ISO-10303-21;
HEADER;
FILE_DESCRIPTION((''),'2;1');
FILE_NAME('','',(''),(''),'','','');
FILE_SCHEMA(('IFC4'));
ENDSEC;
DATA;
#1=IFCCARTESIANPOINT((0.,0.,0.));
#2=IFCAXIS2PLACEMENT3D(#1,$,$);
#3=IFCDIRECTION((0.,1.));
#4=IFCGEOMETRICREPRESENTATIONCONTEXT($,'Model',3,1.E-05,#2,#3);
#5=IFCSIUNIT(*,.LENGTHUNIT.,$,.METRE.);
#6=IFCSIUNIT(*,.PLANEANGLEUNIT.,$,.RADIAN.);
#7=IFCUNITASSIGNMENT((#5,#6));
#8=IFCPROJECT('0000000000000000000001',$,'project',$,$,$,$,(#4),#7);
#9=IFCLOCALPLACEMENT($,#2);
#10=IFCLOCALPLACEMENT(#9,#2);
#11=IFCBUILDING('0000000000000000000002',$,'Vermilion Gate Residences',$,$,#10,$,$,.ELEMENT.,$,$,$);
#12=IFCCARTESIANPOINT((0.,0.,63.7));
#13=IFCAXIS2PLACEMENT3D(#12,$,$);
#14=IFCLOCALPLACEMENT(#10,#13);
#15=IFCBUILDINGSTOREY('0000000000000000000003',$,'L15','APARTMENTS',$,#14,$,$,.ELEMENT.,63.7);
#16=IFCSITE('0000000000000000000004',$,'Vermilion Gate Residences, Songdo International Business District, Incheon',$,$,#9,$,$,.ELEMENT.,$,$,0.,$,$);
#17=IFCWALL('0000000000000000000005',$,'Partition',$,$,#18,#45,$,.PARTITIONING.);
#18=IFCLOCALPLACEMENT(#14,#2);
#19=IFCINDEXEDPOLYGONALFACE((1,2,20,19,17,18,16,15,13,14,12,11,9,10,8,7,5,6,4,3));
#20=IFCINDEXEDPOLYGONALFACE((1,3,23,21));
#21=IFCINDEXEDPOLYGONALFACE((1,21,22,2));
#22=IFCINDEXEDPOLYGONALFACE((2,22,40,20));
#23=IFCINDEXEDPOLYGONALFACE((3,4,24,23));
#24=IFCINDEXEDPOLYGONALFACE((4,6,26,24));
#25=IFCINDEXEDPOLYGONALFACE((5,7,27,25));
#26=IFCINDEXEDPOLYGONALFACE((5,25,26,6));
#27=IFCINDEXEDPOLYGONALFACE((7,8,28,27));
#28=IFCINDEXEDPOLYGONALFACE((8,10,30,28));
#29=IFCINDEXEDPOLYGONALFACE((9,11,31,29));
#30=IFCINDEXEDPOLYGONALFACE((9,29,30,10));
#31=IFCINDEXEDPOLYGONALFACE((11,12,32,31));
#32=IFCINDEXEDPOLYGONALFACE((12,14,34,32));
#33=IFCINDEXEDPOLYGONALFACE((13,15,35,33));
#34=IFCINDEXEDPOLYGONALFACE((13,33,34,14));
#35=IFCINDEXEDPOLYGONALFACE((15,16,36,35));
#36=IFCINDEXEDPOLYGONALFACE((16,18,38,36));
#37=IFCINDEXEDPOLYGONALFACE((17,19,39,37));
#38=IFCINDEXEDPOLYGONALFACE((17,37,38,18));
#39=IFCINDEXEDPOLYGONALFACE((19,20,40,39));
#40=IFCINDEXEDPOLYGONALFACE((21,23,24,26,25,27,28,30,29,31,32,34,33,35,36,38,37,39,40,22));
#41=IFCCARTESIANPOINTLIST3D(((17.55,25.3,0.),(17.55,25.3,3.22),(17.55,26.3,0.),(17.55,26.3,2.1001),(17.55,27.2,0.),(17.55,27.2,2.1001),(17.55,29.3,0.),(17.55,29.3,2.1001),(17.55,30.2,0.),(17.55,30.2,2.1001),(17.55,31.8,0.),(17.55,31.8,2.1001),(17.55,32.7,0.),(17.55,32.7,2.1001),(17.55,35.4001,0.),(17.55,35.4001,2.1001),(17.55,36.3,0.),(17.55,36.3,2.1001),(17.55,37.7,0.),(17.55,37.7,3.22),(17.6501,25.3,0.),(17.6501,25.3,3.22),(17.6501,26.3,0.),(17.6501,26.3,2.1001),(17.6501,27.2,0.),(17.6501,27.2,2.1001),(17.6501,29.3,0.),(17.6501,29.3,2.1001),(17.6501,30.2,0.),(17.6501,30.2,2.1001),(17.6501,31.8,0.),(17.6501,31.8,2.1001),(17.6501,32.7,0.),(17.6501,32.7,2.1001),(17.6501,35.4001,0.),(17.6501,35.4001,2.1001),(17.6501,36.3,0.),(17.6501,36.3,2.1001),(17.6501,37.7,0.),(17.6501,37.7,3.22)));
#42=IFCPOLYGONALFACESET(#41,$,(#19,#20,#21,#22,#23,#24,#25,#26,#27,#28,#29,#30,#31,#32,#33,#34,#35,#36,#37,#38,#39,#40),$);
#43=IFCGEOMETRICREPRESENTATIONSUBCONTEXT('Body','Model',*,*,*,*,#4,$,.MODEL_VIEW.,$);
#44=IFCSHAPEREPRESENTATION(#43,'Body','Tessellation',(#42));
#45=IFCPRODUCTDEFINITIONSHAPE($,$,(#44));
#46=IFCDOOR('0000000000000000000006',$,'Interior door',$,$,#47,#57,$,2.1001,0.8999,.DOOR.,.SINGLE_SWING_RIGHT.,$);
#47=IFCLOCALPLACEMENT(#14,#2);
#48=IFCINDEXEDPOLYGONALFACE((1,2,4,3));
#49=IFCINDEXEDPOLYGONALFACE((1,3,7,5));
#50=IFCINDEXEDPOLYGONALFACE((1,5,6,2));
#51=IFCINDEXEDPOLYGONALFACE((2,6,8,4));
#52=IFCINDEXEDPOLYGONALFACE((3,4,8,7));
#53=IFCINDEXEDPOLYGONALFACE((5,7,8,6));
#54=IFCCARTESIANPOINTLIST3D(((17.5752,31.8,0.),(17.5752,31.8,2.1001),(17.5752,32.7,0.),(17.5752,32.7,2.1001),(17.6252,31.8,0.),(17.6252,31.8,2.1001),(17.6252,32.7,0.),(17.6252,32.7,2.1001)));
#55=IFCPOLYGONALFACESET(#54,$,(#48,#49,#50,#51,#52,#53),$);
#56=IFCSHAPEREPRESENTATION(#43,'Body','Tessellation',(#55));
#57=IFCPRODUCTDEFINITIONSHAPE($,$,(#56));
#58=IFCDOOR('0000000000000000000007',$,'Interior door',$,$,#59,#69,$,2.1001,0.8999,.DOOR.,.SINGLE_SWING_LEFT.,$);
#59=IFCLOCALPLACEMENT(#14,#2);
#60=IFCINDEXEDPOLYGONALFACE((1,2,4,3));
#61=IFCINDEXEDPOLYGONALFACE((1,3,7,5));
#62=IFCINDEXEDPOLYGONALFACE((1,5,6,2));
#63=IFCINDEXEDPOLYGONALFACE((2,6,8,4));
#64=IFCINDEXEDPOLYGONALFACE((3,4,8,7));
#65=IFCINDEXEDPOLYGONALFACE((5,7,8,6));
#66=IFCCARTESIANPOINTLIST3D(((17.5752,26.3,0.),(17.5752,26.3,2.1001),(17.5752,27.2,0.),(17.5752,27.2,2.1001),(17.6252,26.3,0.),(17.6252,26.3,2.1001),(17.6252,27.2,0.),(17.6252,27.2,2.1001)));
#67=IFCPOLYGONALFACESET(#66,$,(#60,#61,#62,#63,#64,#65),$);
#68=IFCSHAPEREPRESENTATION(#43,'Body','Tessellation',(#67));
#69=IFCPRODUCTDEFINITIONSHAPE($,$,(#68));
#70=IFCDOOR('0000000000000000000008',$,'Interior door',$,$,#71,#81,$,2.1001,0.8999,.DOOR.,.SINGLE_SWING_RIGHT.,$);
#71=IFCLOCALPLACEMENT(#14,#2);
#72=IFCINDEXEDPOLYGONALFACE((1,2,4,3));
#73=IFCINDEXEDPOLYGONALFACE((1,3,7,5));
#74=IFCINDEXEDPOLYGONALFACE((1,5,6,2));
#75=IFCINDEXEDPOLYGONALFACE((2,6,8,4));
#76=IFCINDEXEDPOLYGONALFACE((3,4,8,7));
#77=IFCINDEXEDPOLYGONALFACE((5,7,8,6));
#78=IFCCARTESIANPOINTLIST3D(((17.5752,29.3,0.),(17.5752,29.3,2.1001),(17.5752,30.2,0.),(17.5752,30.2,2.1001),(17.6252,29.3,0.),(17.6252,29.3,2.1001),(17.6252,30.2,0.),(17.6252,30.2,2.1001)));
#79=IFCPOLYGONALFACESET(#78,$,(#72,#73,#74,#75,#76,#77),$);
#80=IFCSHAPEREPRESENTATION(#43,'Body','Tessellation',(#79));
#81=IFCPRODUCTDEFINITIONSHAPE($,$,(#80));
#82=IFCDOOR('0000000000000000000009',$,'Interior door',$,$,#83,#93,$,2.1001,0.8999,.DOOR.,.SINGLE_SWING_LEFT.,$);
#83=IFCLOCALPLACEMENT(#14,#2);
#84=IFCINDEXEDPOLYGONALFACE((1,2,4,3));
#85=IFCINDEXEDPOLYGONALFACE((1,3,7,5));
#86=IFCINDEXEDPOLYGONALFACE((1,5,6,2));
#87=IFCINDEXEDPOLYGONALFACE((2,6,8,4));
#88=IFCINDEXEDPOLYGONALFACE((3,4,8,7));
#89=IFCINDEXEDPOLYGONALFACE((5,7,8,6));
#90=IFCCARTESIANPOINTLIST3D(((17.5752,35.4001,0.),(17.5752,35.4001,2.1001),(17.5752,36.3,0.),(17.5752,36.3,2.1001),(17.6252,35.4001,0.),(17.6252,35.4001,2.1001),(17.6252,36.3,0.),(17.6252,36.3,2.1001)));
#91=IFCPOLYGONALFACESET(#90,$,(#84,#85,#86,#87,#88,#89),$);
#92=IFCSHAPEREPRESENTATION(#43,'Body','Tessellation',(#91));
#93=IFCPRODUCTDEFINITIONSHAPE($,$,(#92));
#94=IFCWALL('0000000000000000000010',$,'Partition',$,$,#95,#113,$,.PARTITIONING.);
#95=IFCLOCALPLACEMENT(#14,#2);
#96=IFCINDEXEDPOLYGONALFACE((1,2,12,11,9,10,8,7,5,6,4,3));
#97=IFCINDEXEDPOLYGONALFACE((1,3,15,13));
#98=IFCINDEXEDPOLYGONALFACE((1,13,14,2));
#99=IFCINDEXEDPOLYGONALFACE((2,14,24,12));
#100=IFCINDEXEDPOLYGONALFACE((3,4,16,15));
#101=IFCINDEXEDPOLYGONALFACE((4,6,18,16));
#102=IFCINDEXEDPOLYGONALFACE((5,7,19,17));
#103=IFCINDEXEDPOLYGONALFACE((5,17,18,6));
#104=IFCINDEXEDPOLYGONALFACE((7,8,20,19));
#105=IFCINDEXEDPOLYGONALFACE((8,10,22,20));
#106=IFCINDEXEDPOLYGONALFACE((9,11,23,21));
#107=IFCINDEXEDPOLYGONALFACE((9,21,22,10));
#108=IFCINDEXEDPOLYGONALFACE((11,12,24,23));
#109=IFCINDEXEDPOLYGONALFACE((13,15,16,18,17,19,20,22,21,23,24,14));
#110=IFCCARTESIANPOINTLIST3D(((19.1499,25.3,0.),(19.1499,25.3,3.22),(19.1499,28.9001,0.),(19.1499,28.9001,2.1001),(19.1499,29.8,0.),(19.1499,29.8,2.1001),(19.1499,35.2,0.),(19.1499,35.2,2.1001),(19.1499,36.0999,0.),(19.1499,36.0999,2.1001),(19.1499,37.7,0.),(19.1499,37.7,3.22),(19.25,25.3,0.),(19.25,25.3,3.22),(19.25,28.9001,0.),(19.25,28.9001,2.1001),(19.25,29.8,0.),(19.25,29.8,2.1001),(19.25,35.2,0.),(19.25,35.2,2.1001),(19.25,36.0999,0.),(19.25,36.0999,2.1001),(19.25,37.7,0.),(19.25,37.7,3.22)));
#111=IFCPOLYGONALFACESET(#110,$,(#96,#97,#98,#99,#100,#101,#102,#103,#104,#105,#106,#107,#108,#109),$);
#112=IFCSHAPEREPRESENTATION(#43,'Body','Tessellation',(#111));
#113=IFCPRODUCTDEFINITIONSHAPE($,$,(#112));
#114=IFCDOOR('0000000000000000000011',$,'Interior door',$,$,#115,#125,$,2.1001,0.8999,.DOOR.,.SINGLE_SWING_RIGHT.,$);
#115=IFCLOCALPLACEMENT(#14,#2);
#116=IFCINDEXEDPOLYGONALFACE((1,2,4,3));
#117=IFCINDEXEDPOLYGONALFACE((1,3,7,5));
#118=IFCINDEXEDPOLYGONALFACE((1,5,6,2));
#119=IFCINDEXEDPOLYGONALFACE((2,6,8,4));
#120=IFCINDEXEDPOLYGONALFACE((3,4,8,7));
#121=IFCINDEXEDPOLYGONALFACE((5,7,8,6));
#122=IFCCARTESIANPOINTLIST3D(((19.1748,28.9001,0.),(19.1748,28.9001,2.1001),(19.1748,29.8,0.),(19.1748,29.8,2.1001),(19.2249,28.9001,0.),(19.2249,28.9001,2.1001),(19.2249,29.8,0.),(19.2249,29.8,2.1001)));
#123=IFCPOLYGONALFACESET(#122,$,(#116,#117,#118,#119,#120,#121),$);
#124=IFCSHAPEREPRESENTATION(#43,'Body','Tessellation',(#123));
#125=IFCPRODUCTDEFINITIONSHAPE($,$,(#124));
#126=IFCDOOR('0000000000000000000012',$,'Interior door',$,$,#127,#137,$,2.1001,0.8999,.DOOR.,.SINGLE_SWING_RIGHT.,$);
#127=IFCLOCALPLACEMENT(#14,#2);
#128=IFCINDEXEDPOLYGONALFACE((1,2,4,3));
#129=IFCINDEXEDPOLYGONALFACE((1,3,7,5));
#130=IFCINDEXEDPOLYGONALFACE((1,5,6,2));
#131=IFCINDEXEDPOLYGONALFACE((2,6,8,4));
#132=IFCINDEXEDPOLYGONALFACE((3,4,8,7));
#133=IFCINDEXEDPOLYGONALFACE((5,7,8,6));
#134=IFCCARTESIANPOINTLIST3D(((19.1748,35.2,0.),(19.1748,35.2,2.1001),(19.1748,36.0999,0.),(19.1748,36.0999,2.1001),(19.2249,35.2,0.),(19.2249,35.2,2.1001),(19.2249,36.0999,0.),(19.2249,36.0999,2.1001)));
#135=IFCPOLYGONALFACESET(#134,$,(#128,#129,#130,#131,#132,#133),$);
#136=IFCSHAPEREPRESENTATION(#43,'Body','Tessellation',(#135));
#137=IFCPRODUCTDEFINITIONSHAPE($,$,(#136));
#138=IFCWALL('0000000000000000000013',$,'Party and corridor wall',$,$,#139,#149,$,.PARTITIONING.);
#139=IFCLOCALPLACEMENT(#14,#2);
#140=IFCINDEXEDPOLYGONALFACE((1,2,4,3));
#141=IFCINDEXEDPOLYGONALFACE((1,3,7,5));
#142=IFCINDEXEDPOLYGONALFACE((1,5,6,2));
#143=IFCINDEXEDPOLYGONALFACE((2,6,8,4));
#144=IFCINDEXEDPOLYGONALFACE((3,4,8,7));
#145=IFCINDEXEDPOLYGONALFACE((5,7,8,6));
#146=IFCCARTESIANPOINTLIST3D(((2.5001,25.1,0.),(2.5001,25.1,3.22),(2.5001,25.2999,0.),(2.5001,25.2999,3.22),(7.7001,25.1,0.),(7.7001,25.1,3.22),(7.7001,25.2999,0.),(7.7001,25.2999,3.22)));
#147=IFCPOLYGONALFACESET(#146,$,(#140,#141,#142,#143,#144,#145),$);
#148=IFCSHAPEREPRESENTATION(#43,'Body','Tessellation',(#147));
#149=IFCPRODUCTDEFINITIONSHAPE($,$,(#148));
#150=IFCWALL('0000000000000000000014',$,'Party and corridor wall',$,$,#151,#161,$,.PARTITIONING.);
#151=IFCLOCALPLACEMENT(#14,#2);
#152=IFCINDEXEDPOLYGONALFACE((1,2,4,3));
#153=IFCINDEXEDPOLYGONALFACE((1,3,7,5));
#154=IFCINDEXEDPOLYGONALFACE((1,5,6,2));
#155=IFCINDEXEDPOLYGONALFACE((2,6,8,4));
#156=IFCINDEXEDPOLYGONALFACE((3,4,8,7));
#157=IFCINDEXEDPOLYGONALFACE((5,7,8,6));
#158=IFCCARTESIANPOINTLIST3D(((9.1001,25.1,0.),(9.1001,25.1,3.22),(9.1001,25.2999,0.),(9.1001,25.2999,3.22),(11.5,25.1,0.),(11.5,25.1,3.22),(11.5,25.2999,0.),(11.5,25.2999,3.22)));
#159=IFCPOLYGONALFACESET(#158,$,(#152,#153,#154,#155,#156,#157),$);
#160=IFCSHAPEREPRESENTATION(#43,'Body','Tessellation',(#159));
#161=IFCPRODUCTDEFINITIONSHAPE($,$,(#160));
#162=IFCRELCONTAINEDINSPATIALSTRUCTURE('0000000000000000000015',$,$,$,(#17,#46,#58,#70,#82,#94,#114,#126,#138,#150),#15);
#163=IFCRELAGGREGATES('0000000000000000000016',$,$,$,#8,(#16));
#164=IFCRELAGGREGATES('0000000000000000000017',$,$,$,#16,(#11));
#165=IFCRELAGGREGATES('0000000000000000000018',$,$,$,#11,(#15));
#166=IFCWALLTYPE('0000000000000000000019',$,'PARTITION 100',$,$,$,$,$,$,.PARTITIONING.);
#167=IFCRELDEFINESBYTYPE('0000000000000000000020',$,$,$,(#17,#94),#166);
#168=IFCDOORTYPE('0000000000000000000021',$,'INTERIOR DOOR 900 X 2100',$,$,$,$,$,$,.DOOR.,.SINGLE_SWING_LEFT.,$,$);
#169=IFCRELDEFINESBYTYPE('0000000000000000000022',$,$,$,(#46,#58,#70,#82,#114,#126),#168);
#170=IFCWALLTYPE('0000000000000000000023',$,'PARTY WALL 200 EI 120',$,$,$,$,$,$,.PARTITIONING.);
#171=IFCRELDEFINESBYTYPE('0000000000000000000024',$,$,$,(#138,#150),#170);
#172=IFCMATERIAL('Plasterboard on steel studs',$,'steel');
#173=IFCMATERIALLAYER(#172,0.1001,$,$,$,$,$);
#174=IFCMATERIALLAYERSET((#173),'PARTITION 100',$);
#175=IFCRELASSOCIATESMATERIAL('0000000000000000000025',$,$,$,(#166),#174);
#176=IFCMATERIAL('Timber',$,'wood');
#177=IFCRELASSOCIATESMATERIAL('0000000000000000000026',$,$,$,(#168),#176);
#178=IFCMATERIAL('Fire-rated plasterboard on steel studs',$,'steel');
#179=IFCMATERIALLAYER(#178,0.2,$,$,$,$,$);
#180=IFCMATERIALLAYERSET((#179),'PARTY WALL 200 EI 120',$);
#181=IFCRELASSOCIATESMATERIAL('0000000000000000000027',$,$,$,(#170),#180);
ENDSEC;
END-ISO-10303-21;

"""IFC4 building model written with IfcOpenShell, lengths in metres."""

from ifc_helpers import new_model, si_unit, direction, frame, frame_2d, origin, place, context, subcontext, project, spatial, rectangle, extrude, material, layer, layer_set, type_object, element, fill, save


model = new_model("IFC4")

# Units and contexts
model_context = context("Model", 3, precision=1e-05, world=origin(), true_north=direction((0.0, 1.0)))
body_context = subcontext(model_context, "Body", "Model", "MODEL_VIEW")
ifc_project = project(units=[si_unit("LENGTHUNIT", "METRE"), si_unit("PLANEANGLEUNIT", "RADIAN")], contexts=[model_context])

# Site, building, storey
site_placement = place(None, origin())
site = spatial("IfcSite", under=ifc_project, at=site_placement, Name="Vermilion Gate Residences, Songdo International Business District, Incheon", CompositionType="ELEMENT", RefElevation=0.0)
building_placement = place(site_placement, origin())
building = spatial("IfcBuilding", under=site, at=building_placement, Name="Vermilion Gate Residences", CompositionType="ELEMENT")
storey_placement = place(building_placement, frame((0.0, 0.0, 63.7)))
storey = spatial("IfcBuildingStorey", under=building, at=storey_placement, Name="L15", Description="APARTMENTS", CompositionType="ELEMENT", Elevation=63.7)

# Shared definitions
ifc_material_1 = material(Name="Plasterboard on steel studs", Category="steel")
ifc_layer_1 = layer(ifc_material_1, 0.1001)
ifc_layer_set_1 = layer_set([ifc_layer_1], Name="PARTITION 100")
wall_type_1 = type_object("IfcWallType", Name="PARTITION 100", PredefinedType="PARTITIONING", material=ifc_layer_set_1)

# Walls, openings, doors
wall_1_placement = place(storey_placement, frame((17.6001, 25.3, 0.0), z_axis=(0.0, 0.0, 1.0), x_axis=(0.0, 1.0, 0.0)))
wall_1 = element("IfcWall", 1, at=wall_1_placement, inside=storey, type_object=wall_type_1, Name="Partition", PredefinedType="PARTITIONING", context=body_context, shape_type="SweptSolid", body=[
    extrude(rectangle(XDim=12.3999, YDim=0.1001, at=frame_2d((6.2, 0.0))), origin(), (0.0, 0.0, 1.0), 3.22),
])
opening_1_placement = place(wall_1_placement, frame((6.5, 0.0, 0.0)))
opening_1 = element("IfcOpeningElement", 2, at=opening_1_placement, cuts=wall_1, PredefinedType="OPENING", context=body_context, shape_type="SweptSolid", body=[
    extrude(rectangle(XDim=0.8999, YDim=2.1001, at=frame_2d((0.45, 1.05))), frame((0.0, 0.0601, 0.0), z_axis=(0.0, -1.0, 0.0), x_axis=(1.0, 0.0, 0.0)), (0.0, 0.0, 1.0), 0.1201),
])
opening_2_placement = place(wall_1_placement, frame((1.0, 0.0, 0.0)))
opening_2 = element("IfcOpeningElement", 3, at=opening_2_placement, cuts=wall_1, PredefinedType="OPENING", context=body_context, shape_type="SweptSolid", body=[
    extrude(rectangle(XDim=0.8999, YDim=2.1001, at=frame_2d((0.45, 1.05))), frame((0.0, 0.0601, 0.0), z_axis=(0.0, -1.0, 0.0), x_axis=(1.0, 0.0, 0.0)), (0.0, 0.0, 1.0), 0.1201),
])
opening_3_placement = place(wall_1_placement, frame((4.0, 0.0, 0.0)))
opening_3 = element("IfcOpeningElement", 4, at=opening_3_placement, cuts=wall_1, PredefinedType="OPENING", context=body_context, shape_type="SweptSolid", body=[
    extrude(rectangle(XDim=0.8999, YDim=2.1001, at=frame_2d((0.45, 1.05))), frame((0.0, 0.0601, 0.0), z_axis=(0.0, -1.0, 0.0), x_axis=(1.0, 0.0, 0.0)), (0.0, 0.0, 1.0), 0.1201),
])
opening_4_placement = place(wall_1_placement, frame((10.1001, 0.0, 0.0)))
opening_4 = element("IfcOpeningElement", 5, at=opening_4_placement, cuts=wall_1, PredefinedType="OPENING", context=body_context, shape_type="SweptSolid", body=[
    extrude(rectangle(XDim=0.8999, YDim=2.1001, at=frame_2d((0.45, 1.05))), frame((0.0, 0.0601, 0.0), z_axis=(0.0, -1.0, 0.0), x_axis=(1.0, 0.0, 0.0)), (0.0, 0.0, 1.0), 0.1201),
])
ifc_material_2 = material(Name="Timber", Category="wood")
door_type = type_object("IfcDoorType", Name="INTERIOR DOOR 900 X 2100", OperationType="SINGLE_SWING_LEFT", PredefinedType="DOOR", material=ifc_material_2)
door_1_placement = place(opening_1_placement, origin())
door_1 = element("IfcDoor", 6, at=door_1_placement, inside=storey, type_object=door_type, Name="Interior door", OperationType="SINGLE_SWING_RIGHT", OverallHeight=2.1001, OverallWidth=0.8999, PredefinedType="DOOR", context=body_context, shape_type="SweptSolid", body=[
    extrude(rectangle(XDim=0.8999, YDim=2.1001, at=frame_2d((0.45, 1.05))), frame((0.0, 0.0249, 0.0), z_axis=(0.0, -1.0, 0.0), x_axis=(1.0, 0.0, 0.0)), (0.0, 0.0, 1.0), 0.05),
])
fill(opening_1, door_1)
door_2_placement = place(opening_2_placement, origin())
door_2 = element("IfcDoor", 7, at=door_2_placement, inside=storey, type_object=door_type, Name="Interior door", OperationType="SINGLE_SWING_LEFT", OverallHeight=2.1001, OverallWidth=0.8999, PredefinedType="DOOR", context=body_context, shape_type="SweptSolid", body=[
    extrude(rectangle(XDim=0.8999, YDim=2.1001, at=frame_2d((0.45, 1.05))), frame((0.0, 0.0249, 0.0), z_axis=(0.0, -1.0, 0.0), x_axis=(1.0, 0.0, 0.0)), (0.0, 0.0, 1.0), 0.05),
])
fill(opening_2, door_2)
door_3_placement = place(opening_3_placement, origin())
door_3 = element("IfcDoor", 8, at=door_3_placement, inside=storey, type_object=door_type, Name="Interior door", OperationType="SINGLE_SWING_RIGHT", OverallHeight=2.1001, OverallWidth=0.8999, PredefinedType="DOOR", context=body_context, shape_type="SweptSolid", body=[
    extrude(rectangle(XDim=0.8999, YDim=2.1001, at=frame_2d((0.45, 1.05))), frame((0.0, 0.0249, 0.0), z_axis=(0.0, -1.0, 0.0), x_axis=(1.0, 0.0, 0.0)), (0.0, 0.0, 1.0), 0.05),
])
fill(opening_3, door_3)
door_4_placement = place(opening_4_placement, origin())
door_4 = element("IfcDoor", 9, at=door_4_placement, inside=storey, type_object=door_type, Name="Interior door", OperationType="SINGLE_SWING_LEFT", OverallHeight=2.1001, OverallWidth=0.8999, PredefinedType="DOOR", context=body_context, shape_type="SweptSolid", body=[
    extrude(rectangle(XDim=0.8999, YDim=2.1001, at=frame_2d((0.45, 1.05))), frame((0.0, 0.0249, 0.0), z_axis=(0.0, -1.0, 0.0), x_axis=(1.0, 0.0, 0.0)), (0.0, 0.0, 1.0), 0.05),
])
fill(opening_4, door_4)
wall_2_placement = place(storey_placement, frame((19.2, 25.3, 0.0), z_axis=(0.0, 0.0, 1.0), x_axis=(0.0, 1.0, 0.0)))
wall_2 = element("IfcWall", 10, at=wall_2_placement, inside=storey, type_object=wall_type_1, Name="Partition", PredefinedType="PARTITIONING", context=body_context, shape_type="SweptSolid", body=[
    extrude(rectangle(XDim=12.3999, YDim=0.1001, at=frame_2d((6.2, 0.0))), origin(), (0.0, 0.0, 1.0), 3.22),
])
opening_5_placement = place(wall_2_placement, frame((3.6001, 0.0, 0.0)))
opening_5 = element("IfcOpeningElement", 11, at=opening_5_placement, cuts=wall_2, PredefinedType="OPENING", context=body_context, shape_type="SweptSolid", body=[
    extrude(rectangle(XDim=0.8999, YDim=2.1001, at=frame_2d((0.45, 1.05))), frame((0.0, 0.0601, 0.0), z_axis=(0.0, -1.0, 0.0), x_axis=(1.0, 0.0, 0.0)), (0.0, 0.0, 1.0), 0.1201),
])
opening_6_placement = place(wall_2_placement, frame((9.8999, 0.0, 0.0)))
opening_6 = element("IfcOpeningElement", 12, at=opening_6_placement, cuts=wall_2, PredefinedType="OPENING", context=body_context, shape_type="SweptSolid", body=[
    extrude(rectangle(XDim=0.8999, YDim=2.1001, at=frame_2d((0.45, 1.05))), frame((0.0, 0.0601, 0.0), z_axis=(0.0, -1.0, 0.0), x_axis=(1.0, 0.0, 0.0)), (0.0, 0.0, 1.0), 0.1201),
])
door_5_placement = place(opening_5_placement, frame((0.8999, 0.0, 0.0), z_axis=(0.0, 0.0, 1.0), x_axis=(-1.0, 0.0, 0.0)))
door_5 = element("IfcDoor", 13, at=door_5_placement, inside=storey, type_object=door_type, Name="Interior door", OperationType="SINGLE_SWING_RIGHT", OverallHeight=2.1001, OverallWidth=0.8999, PredefinedType="DOOR", context=body_context, shape_type="SweptSolid", body=[
    extrude(rectangle(XDim=0.8999, YDim=2.1001, at=frame_2d((0.45, 1.05))), frame((0.0, 0.0249, 0.0), z_axis=(0.0, -1.0, 0.0), x_axis=(1.0, 0.0, 0.0)), (0.0, 0.0, 1.0), 0.05),
])
fill(opening_5, door_5)
door_6_placement = place(opening_6_placement, frame((0.8999, 0.0, 0.0), z_axis=(0.0, 0.0, 1.0), x_axis=(-1.0, 0.0, 0.0)))
door_6 = element("IfcDoor", 14, at=door_6_placement, inside=storey, type_object=door_type, Name="Interior door", OperationType="SINGLE_SWING_RIGHT", OverallHeight=2.1001, OverallWidth=0.8999, PredefinedType="DOOR", context=body_context, shape_type="SweptSolid", body=[
    extrude(rectangle(XDim=0.8999, YDim=2.1001, at=frame_2d((0.45, 1.05))), frame((0.0, 0.0249, 0.0), z_axis=(0.0, -1.0, 0.0), x_axis=(1.0, 0.0, 0.0)), (0.0, 0.0, 1.0), 0.05),
])
fill(opening_6, door_6)

# Walls
ifc_material_3 = material(Name="Fire-rated plasterboard on steel studs", Category="steel")
ifc_layer_2 = layer(ifc_material_3, 0.2)
ifc_layer_set_2 = layer_set([ifc_layer_2], Name="PARTY WALL 200 EI 120")
wall_type_2 = type_object("IfcWallType", Name="PARTY WALL 200 EI 120", PredefinedType="PARTITIONING", material=ifc_layer_set_2)
wall_3_placement = place(storey_placement, frame((2.5, 25.2, 0.0), z_axis=(0.0, 0.0, 1.0), x_axis=(1.0, 0.0, 0.0)))
element("IfcWall", 15, at=wall_3_placement, inside=storey, type_object=wall_type_2, Name="Party and corridor wall", PredefinedType="PARTITIONING", context=body_context, shape_type="SweptSolid", body=[
    extrude(rectangle(XDim=5.2, YDim=0.2, at=frame_2d((2.6001, 0.0))), origin(), (0.0, 0.0, 1.0), 3.22),
])
wall_4_placement = place(storey_placement, frame((9.1001, 25.2, 0.0), z_axis=(0.0, 0.0, 1.0), x_axis=(1.0, 0.0, 0.0)))
element("IfcWall", 16, at=wall_4_placement, inside=storey, type_object=wall_type_2, Name="Party and corridor wall", PredefinedType="PARTITIONING", context=body_context, shape_type="SweptSolid", body=[
    extrude(rectangle(XDim=2.3999, YDim=0.2, at=frame_2d((1.2, 0.0))), origin(), (0.0, 0.0, 1.0), 3.22),
])

save(model, "model.ifc")
